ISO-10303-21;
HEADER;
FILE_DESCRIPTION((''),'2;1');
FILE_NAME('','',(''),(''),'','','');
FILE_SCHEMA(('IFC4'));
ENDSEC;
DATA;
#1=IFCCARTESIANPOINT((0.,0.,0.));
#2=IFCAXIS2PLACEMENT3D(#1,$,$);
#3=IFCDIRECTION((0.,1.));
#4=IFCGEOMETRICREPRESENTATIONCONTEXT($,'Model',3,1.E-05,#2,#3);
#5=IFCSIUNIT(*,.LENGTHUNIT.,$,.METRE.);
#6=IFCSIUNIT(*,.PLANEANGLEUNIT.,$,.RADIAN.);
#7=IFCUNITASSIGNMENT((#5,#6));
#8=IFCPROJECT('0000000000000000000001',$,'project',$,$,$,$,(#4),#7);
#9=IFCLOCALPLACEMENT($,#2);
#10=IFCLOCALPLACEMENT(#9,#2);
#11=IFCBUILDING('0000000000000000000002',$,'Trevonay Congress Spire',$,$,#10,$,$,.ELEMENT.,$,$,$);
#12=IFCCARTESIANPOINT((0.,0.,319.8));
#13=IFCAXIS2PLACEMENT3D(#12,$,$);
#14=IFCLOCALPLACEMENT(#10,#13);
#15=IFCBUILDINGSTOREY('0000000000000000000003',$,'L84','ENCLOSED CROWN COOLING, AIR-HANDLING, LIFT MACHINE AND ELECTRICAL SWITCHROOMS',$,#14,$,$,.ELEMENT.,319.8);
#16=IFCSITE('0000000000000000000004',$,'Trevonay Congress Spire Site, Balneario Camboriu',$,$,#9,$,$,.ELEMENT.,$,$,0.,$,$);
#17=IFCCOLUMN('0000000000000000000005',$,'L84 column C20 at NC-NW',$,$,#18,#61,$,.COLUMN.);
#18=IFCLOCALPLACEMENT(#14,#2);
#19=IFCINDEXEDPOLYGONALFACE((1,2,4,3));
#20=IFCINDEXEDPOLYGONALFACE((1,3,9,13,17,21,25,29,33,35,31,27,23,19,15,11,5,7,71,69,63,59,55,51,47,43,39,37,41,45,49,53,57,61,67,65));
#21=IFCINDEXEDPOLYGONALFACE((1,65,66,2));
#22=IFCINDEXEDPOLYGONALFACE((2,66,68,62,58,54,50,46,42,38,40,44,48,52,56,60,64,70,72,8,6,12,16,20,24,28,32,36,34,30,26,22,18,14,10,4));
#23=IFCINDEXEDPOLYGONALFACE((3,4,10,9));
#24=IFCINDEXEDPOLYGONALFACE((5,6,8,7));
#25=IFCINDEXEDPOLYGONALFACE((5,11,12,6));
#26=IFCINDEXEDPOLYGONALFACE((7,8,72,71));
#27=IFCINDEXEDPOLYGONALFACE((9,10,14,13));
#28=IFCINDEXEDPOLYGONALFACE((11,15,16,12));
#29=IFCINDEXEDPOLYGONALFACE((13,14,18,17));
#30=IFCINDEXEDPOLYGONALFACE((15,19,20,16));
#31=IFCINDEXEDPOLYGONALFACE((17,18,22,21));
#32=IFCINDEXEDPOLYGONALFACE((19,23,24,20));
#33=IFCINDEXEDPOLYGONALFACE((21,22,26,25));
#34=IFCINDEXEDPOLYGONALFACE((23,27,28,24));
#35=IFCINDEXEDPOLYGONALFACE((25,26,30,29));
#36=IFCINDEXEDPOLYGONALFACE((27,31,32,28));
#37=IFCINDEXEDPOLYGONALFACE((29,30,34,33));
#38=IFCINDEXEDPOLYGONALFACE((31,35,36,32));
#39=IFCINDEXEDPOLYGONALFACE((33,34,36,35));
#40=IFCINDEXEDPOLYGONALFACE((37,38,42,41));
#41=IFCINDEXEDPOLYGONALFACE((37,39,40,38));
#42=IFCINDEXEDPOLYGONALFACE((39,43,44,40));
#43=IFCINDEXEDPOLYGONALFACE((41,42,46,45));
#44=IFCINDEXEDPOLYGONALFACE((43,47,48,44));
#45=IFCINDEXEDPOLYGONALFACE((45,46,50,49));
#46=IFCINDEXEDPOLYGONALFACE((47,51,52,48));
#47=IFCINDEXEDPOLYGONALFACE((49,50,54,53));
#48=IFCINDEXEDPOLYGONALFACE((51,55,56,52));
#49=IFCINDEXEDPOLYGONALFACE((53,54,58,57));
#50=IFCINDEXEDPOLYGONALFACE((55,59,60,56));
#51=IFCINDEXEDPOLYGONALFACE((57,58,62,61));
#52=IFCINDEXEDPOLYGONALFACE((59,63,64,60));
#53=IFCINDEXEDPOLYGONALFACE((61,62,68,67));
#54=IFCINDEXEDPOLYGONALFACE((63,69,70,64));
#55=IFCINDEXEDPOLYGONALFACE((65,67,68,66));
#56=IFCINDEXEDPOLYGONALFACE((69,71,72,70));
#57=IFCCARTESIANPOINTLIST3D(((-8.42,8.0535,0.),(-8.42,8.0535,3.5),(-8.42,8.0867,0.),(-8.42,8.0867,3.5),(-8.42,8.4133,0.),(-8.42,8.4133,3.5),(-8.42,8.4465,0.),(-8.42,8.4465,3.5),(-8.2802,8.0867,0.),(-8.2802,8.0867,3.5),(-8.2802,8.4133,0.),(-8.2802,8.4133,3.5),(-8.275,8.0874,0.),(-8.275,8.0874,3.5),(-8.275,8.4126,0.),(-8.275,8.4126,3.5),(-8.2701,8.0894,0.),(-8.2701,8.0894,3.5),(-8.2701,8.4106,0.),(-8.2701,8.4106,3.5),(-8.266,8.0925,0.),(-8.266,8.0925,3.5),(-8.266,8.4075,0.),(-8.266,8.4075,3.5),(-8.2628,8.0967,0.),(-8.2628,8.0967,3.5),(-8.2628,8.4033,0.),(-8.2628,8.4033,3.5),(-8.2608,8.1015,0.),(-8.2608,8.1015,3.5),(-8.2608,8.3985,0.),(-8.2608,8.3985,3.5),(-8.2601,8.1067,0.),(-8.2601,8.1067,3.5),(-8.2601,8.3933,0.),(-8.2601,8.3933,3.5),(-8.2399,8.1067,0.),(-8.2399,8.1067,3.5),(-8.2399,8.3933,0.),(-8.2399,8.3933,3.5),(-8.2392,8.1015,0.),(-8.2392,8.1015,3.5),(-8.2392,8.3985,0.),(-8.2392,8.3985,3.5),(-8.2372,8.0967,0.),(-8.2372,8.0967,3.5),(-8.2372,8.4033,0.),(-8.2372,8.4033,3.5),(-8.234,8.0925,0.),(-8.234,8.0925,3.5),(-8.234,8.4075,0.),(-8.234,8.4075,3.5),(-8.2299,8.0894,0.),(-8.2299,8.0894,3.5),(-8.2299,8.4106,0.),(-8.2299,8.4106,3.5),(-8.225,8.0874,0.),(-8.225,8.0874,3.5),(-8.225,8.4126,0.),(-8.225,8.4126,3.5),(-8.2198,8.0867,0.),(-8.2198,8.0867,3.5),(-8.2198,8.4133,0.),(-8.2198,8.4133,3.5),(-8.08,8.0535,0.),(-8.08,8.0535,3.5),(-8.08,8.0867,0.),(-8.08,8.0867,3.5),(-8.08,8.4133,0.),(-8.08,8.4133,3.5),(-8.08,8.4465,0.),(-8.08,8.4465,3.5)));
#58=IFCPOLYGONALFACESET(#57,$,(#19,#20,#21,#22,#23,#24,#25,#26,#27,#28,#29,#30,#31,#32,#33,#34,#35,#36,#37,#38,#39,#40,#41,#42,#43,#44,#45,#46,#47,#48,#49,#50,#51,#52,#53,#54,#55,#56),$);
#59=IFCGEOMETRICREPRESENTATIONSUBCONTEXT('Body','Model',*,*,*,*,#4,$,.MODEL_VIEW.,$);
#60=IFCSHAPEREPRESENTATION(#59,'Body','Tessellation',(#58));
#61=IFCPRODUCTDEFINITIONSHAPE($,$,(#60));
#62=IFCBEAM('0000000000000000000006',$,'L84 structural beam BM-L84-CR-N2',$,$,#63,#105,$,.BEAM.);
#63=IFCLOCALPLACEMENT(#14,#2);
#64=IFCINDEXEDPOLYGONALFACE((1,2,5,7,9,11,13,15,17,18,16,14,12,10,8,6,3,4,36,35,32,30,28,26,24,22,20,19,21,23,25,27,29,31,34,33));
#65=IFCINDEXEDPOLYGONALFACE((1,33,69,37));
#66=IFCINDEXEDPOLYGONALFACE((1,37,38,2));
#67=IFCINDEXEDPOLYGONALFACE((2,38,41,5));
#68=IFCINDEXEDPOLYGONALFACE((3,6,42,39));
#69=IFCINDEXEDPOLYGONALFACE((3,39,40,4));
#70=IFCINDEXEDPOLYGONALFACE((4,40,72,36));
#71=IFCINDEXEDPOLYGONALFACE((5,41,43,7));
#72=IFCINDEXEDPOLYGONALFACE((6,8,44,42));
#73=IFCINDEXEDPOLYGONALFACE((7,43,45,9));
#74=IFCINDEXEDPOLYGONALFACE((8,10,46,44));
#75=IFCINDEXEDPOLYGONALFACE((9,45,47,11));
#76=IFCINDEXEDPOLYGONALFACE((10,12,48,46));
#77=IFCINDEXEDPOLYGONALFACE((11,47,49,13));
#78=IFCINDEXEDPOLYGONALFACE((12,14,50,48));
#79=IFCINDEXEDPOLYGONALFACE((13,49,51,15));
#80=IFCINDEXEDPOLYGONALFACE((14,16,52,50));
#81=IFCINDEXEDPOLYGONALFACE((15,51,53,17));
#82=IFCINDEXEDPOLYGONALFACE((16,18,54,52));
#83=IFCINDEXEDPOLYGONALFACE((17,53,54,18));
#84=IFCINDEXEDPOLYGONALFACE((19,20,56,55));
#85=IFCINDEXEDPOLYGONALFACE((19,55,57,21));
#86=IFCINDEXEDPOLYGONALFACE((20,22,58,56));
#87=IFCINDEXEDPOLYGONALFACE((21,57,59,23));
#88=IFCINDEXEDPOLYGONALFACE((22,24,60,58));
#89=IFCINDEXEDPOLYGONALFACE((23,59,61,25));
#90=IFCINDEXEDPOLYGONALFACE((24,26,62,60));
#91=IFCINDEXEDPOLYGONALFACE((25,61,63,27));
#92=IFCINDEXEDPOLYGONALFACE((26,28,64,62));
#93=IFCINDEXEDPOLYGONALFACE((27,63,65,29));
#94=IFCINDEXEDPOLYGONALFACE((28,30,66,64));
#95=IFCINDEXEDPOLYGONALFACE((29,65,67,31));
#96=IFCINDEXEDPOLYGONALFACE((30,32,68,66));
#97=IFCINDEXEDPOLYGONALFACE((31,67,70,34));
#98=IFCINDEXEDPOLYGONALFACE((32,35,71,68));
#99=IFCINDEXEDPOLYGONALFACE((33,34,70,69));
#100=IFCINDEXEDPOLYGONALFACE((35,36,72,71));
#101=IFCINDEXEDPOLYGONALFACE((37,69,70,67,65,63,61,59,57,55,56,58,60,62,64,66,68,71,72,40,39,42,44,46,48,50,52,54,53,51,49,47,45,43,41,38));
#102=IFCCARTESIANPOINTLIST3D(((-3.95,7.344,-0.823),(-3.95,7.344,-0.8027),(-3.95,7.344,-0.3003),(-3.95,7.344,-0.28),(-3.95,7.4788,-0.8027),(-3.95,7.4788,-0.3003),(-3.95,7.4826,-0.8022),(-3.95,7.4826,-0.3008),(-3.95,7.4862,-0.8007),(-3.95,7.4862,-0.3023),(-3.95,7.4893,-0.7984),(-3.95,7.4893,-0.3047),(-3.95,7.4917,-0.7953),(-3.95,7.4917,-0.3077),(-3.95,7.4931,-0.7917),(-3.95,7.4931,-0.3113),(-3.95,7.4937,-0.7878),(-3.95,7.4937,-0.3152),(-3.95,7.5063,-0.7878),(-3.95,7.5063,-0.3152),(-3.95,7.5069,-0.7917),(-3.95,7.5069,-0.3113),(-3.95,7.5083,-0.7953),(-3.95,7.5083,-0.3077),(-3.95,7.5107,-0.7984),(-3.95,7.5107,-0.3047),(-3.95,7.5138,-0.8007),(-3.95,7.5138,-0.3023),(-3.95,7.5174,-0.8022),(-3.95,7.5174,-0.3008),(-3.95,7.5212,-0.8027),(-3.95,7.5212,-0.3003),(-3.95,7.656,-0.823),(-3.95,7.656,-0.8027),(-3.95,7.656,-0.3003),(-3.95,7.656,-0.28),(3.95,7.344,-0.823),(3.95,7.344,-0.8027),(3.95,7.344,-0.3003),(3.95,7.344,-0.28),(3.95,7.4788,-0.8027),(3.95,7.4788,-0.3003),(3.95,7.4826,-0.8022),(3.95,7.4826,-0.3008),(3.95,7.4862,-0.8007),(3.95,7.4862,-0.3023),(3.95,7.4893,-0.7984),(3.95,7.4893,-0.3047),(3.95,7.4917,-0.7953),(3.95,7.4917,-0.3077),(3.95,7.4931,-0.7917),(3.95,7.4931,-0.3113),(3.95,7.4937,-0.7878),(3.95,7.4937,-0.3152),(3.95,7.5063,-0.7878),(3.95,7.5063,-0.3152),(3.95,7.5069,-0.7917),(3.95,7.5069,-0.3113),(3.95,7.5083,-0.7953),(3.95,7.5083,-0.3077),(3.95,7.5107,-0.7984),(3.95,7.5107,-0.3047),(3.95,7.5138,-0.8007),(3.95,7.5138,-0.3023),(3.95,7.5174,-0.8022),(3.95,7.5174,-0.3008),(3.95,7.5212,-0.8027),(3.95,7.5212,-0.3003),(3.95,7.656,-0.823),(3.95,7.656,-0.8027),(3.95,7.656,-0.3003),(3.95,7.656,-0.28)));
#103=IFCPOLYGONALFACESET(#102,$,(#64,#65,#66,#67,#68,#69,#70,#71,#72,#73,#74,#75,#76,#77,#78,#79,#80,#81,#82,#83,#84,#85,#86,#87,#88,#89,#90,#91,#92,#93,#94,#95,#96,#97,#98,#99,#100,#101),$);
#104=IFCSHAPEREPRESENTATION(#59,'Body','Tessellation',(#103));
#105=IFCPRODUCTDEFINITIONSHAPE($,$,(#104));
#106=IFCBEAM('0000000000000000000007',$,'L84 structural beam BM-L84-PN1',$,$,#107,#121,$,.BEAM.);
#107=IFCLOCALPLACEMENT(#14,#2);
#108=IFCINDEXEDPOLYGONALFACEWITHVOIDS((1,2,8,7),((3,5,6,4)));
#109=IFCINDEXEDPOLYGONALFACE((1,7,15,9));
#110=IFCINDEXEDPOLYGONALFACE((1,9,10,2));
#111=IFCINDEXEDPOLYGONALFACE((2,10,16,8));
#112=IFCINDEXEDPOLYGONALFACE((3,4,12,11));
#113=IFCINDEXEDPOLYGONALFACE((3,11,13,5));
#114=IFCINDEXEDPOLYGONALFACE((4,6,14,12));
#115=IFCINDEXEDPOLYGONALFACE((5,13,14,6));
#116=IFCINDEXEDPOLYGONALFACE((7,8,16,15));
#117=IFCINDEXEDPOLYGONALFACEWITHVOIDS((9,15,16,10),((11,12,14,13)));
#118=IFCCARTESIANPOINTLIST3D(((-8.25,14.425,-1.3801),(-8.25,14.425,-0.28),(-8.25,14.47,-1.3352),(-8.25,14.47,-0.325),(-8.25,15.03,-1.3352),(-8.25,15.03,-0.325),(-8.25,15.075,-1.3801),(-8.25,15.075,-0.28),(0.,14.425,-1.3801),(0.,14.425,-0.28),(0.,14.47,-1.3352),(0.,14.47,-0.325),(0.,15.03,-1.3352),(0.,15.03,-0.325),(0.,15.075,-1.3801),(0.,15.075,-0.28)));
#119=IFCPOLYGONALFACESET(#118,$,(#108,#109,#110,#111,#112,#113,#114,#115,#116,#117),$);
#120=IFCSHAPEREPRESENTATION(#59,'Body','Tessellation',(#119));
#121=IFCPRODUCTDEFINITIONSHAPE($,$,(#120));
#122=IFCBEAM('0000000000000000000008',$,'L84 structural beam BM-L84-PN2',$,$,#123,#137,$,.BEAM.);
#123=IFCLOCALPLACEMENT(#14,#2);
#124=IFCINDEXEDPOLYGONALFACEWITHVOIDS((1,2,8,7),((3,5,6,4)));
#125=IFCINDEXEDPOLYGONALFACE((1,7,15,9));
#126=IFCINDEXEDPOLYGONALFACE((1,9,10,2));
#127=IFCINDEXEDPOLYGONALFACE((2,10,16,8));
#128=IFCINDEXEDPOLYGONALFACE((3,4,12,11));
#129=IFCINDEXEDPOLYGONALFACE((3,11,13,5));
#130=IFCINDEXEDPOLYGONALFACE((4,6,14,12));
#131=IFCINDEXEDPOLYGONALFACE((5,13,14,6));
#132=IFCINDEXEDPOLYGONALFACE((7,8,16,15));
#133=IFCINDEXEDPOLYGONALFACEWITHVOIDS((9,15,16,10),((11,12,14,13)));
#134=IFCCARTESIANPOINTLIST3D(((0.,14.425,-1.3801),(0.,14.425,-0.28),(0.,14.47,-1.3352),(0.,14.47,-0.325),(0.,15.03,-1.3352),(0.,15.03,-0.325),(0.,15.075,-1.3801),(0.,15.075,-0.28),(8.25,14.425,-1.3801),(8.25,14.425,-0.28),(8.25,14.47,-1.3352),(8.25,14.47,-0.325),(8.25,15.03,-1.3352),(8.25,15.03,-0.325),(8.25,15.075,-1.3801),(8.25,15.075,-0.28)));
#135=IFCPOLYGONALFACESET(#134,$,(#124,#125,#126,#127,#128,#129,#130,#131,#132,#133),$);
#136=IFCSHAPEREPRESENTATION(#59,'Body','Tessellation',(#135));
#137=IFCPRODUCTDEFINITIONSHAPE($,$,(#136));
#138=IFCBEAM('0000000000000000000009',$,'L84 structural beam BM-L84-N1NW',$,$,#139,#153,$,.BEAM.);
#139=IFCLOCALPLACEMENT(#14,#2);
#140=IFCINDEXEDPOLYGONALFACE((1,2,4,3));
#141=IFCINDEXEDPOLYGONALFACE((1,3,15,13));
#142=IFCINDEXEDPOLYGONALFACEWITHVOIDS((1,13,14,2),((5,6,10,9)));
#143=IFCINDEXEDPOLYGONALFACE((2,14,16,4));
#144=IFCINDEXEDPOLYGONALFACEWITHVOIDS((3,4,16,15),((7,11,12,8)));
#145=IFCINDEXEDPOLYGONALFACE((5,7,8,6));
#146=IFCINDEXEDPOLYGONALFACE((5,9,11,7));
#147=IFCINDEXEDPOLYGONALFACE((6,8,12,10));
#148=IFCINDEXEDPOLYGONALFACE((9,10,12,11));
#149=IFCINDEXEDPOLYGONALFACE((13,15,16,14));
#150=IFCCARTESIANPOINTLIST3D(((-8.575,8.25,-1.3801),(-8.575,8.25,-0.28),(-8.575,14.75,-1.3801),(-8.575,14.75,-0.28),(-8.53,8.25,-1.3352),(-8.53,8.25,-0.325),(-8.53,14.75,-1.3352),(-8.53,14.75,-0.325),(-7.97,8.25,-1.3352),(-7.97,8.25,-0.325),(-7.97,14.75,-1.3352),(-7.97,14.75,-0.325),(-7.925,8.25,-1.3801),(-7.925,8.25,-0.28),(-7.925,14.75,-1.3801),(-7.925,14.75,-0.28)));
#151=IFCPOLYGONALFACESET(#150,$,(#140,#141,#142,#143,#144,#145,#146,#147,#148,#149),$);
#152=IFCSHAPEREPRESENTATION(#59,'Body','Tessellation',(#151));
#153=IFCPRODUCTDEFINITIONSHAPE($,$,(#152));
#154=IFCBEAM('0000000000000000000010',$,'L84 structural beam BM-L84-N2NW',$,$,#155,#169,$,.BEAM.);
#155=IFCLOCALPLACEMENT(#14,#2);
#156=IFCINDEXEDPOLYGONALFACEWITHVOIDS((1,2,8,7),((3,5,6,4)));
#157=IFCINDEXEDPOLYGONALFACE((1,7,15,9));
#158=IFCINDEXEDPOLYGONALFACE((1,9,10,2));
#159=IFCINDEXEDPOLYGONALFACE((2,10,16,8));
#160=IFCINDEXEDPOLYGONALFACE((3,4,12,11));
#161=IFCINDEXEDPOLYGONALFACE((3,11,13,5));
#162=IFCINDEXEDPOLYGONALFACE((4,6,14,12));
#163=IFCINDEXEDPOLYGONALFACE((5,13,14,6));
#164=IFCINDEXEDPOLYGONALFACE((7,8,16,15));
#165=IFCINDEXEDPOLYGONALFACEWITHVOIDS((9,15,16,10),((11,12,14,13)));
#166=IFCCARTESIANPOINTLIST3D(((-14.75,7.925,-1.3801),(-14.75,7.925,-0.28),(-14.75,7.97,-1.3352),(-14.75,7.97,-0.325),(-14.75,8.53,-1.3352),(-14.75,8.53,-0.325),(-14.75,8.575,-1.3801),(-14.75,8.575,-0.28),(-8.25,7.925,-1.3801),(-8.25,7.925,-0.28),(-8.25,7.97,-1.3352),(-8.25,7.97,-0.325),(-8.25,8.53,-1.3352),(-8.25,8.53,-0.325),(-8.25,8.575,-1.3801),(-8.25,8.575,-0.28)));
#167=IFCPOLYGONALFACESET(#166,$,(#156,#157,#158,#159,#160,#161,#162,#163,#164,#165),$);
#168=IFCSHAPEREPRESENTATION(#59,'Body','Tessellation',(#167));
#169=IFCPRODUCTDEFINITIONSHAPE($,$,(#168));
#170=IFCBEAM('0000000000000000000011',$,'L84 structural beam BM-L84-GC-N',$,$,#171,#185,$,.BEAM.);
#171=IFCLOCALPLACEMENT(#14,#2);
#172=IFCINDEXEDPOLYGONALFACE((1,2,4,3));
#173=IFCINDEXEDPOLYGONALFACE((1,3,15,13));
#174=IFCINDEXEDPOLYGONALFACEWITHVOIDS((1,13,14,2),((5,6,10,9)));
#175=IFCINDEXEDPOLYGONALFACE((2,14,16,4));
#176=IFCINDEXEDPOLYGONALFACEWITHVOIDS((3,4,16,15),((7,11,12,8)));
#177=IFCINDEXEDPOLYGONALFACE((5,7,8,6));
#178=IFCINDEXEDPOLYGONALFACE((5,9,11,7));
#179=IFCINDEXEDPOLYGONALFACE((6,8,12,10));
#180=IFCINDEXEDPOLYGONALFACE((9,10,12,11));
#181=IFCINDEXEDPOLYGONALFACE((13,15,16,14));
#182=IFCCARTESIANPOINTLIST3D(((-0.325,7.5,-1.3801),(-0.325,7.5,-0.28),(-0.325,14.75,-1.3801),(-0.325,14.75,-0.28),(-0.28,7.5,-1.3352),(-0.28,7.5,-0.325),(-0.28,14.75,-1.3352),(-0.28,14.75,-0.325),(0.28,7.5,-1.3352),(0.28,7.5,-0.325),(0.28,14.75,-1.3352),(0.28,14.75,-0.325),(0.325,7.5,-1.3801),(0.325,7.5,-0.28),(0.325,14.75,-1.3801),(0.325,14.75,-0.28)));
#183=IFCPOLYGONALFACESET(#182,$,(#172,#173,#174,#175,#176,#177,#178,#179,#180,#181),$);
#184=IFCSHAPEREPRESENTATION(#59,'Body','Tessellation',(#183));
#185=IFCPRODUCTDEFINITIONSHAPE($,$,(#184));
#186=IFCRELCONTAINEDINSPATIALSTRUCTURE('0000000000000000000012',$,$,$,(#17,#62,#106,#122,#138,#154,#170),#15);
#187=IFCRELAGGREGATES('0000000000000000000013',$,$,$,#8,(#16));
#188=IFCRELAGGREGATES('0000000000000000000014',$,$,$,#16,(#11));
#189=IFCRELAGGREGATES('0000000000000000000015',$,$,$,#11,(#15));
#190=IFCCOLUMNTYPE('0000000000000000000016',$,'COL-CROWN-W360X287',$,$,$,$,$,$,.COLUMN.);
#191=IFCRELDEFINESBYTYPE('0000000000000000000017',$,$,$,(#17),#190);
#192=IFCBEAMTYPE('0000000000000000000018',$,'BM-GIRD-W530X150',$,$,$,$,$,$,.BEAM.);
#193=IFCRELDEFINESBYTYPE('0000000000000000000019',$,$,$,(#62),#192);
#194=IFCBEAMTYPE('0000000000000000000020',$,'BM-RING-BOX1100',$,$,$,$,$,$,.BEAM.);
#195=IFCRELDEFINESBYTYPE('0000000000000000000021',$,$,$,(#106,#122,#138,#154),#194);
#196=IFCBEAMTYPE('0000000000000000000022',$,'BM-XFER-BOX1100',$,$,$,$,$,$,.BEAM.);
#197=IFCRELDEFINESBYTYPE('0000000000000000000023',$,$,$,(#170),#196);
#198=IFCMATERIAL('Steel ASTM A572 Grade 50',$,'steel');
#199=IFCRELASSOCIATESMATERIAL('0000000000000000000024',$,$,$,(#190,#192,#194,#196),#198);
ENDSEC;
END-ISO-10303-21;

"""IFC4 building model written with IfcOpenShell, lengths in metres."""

from ifc_helpers import new_model, si_unit, direction, frame, origin, origin_2d, place, context, subcontext, project, spatial, hollow_rectangle, i_section, extrude, material, material_profile, profile_set, type_object, element, save


model = new_model("IFC4")

# Units and contexts
model_context = context("Model", 3, precision=1e-05, world=origin(), true_north=direction((0.0, 1.0)))
body_context = subcontext(model_context, "Body", "Model", "MODEL_VIEW")
ifc_project = project(units=[si_unit("LENGTHUNIT", "METRE"), si_unit("PLANEANGLEUNIT", "RADIAN")], contexts=[model_context])

# Site, building, storey
site_placement = place(None, origin())
site = spatial("IfcSite", under=ifc_project, at=site_placement, Name="Trevonay Congress Spire Site, Balneario Camboriu", CompositionType="ELEMENT", RefElevation=0.0)
building_placement = place(site_placement, origin())
building = spatial("IfcBuilding", under=site, at=building_placement, Name="Trevonay Congress Spire", CompositionType="ELEMENT")
storey_placement = place(building_placement, frame((0.0, 0.0, 319.8)))
storey = spatial("IfcBuildingStorey", under=building, at=storey_placement, Name="L84", Description="ENCLOSED CROWN COOLING, AIR-HANDLING, LIFT MACHINE AND ELECTRICAL SWITCHROOMS", CompositionType="ELEMENT", Elevation=319.8)

# Column
ifc_material_1 = material(Name="Steel ASTM A572 Grade 50", Category="steel")
ifc_material_profile_1 = material_profile(ifc_material_1, i_section(OverallWidth=0.3401, OverallDepth=0.3931, WebThickness=0.0203, FlangeThickness=0.0332, FilletRadius=0.02, at=origin_2d()), Name="W360x287")
ifc_profile_set_1 = profile_set([ifc_material_profile_1], Name="Steel ASTM A572 Grade 50")
column_type_1 = type_object("IfcColumnType", Name="COL-CROWN-W360X287", PredefinedType="COLUMN", material=ifc_profile_set_1)
column_1_placement = place(storey_placement, frame((-8.25, 8.25, 0.0), z_axis=(0.0, 0.0, 1.0), x_axis=(1.0, 0.0, 0.0)))
element("IfcColumn", 1, at=column_1_placement, inside=storey, type_object=column_type_1, Name="L84 column C20 at NC-NW", PredefinedType="COLUMN", context=body_context, shape_type="SweptSolid", body=[
    extrude(i_section(OverallWidth=0.3401, OverallDepth=0.3931, WebThickness=0.0203, FlangeThickness=0.0332, FilletRadius=0.02, at=origin_2d()), origin(), (0.0, 0.0, 1.0), 3.5),
])

# Beams
ifc_material_profile_2 = material_profile(ifc_material_1, i_section(OverallWidth=0.312, OverallDepth=0.543, WebThickness=0.0127, FlangeThickness=0.0203, FilletRadius=0.0149, at=origin_2d()), Name="W530x150")
ifc_profile_set_2 = profile_set([ifc_material_profile_2], Name="Steel ASTM A572 Grade 50")
beam_type_1 = type_object("IfcBeamType", Name="BM-GIRD-W530X150", PredefinedType="BEAM", material=ifc_profile_set_2)
beam_1_placement = place(storey_placement, frame((-3.95, 7.5, -0.5515), z_axis=(1.0, 0.0, 0.0), x_axis=(0.0, 1.0, 0.0)))
element("IfcBeam", 2, at=beam_1_placement, inside=storey, type_object=beam_type_1, Name="L84 structural beam BM-L84-CR-N2", PredefinedType="BEAM", context=body_context, shape_type="SweptSolid", body=[
    extrude(i_section(OverallWidth=0.312, OverallDepth=0.543, WebThickness=0.0127, FlangeThickness=0.0203, FilletRadius=0.0149, at=origin_2d()), origin(), (0.0, 0.0, 1.0), 7.8999),
])
ifc_material_profile_3 = material_profile(ifc_material_1, hollow_rectangle(XDim=0.6499, YDim=1.1001, WallThickness=0.0449, at=origin_2d()), Name="BOX 1100x650x45")
ifc_profile_set_3 = profile_set([ifc_material_profile_3], Name="Steel ASTM A572 Grade 50")
beam_type_2 = type_object("IfcBeamType", Name="BM-RING-BOX1100", PredefinedType="BEAM", material=ifc_profile_set_3)
for number, where, z_axis, x_axis, name in (
    (3, (-8.25, 14.75, -0.8301), (1.0, 0.0, 0.0), (0.0, 1.0, 0.0), "L84 structural beam BM-L84-PN1"),
    (4, (0.0, 14.75, -0.8301), (1.0, 0.0, 0.0), (0.0, 1.0, 0.0), "L84 structural beam BM-L84-PN2"),
):
    element("IfcBeam", number, at=place(storey_placement, frame(where, z_axis=z_axis, x_axis=x_axis)), inside=storey, type_object=beam_type_2, Name=name, PredefinedType="BEAM", context=body_context, shape_type="SweptSolid", body=[
        extrude(hollow_rectangle(XDim=0.6499, YDim=1.1001, WallThickness=0.0449, at=origin_2d()), origin(), (0.0, 0.0, 1.0), 8.25),
    ])
for number, where, z_axis, x_axis, name in (
    (5, (-8.25, 14.75, -0.8301), (0.0, -1.0, 0.0), (1.0, 0.0, 0.0), "L84 structural beam BM-L84-N1NW"),
    (6, (-14.75, 8.25, -0.8301), (1.0, 0.0, 0.0), (0.0, 1.0, 0.0), "L84 structural beam BM-L84-N2NW"),
):
    element("IfcBeam", number, at=place(storey_placement, frame(where, z_axis=z_axis, x_axis=x_axis)), inside=storey, type_object=beam_type_2, Name=name, PredefinedType="BEAM", context=body_context, shape_type="SweptSolid", body=[
        extrude(hollow_rectangle(XDim=0.6499, YDim=1.1001, WallThickness=0.0449, at=origin_2d()), origin(), (0.0, 0.0, 1.0), 6.5),
    ])
ifc_material_profile_4 = material_profile(ifc_material_1, hollow_rectangle(XDim=0.6499, YDim=1.1001, WallThickness=0.0449, at=origin_2d()), Name="BOX 1100x650x45")
ifc_profile_set_4 = profile_set([ifc_material_profile_4], Name="Steel ASTM A572 Grade 50")
beam_type_3 = type_object("IfcBeamType", Name="BM-XFER-BOX1100", PredefinedType="BEAM", material=ifc_profile_set_4)
beam_2_placement = place(storey_placement, frame((0.0, 7.5, -0.8301), z_axis=(0.0, 1.0, 0.0), x_axis=(-1.0, 0.0, 0.0)))
element("IfcBeam", 7, at=beam_2_placement, inside=storey, type_object=beam_type_3, Name="L84 structural beam BM-L84-GC-N", PredefinedType="BEAM", context=body_context, shape_type="SweptSolid", body=[
    extrude(hollow_rectangle(XDim=0.6499, YDim=1.1001, WallThickness=0.0449, at=origin_2d()), origin(), (0.0, 0.0, 1.0), 7.25),
])

save(model, "model.ifc")
